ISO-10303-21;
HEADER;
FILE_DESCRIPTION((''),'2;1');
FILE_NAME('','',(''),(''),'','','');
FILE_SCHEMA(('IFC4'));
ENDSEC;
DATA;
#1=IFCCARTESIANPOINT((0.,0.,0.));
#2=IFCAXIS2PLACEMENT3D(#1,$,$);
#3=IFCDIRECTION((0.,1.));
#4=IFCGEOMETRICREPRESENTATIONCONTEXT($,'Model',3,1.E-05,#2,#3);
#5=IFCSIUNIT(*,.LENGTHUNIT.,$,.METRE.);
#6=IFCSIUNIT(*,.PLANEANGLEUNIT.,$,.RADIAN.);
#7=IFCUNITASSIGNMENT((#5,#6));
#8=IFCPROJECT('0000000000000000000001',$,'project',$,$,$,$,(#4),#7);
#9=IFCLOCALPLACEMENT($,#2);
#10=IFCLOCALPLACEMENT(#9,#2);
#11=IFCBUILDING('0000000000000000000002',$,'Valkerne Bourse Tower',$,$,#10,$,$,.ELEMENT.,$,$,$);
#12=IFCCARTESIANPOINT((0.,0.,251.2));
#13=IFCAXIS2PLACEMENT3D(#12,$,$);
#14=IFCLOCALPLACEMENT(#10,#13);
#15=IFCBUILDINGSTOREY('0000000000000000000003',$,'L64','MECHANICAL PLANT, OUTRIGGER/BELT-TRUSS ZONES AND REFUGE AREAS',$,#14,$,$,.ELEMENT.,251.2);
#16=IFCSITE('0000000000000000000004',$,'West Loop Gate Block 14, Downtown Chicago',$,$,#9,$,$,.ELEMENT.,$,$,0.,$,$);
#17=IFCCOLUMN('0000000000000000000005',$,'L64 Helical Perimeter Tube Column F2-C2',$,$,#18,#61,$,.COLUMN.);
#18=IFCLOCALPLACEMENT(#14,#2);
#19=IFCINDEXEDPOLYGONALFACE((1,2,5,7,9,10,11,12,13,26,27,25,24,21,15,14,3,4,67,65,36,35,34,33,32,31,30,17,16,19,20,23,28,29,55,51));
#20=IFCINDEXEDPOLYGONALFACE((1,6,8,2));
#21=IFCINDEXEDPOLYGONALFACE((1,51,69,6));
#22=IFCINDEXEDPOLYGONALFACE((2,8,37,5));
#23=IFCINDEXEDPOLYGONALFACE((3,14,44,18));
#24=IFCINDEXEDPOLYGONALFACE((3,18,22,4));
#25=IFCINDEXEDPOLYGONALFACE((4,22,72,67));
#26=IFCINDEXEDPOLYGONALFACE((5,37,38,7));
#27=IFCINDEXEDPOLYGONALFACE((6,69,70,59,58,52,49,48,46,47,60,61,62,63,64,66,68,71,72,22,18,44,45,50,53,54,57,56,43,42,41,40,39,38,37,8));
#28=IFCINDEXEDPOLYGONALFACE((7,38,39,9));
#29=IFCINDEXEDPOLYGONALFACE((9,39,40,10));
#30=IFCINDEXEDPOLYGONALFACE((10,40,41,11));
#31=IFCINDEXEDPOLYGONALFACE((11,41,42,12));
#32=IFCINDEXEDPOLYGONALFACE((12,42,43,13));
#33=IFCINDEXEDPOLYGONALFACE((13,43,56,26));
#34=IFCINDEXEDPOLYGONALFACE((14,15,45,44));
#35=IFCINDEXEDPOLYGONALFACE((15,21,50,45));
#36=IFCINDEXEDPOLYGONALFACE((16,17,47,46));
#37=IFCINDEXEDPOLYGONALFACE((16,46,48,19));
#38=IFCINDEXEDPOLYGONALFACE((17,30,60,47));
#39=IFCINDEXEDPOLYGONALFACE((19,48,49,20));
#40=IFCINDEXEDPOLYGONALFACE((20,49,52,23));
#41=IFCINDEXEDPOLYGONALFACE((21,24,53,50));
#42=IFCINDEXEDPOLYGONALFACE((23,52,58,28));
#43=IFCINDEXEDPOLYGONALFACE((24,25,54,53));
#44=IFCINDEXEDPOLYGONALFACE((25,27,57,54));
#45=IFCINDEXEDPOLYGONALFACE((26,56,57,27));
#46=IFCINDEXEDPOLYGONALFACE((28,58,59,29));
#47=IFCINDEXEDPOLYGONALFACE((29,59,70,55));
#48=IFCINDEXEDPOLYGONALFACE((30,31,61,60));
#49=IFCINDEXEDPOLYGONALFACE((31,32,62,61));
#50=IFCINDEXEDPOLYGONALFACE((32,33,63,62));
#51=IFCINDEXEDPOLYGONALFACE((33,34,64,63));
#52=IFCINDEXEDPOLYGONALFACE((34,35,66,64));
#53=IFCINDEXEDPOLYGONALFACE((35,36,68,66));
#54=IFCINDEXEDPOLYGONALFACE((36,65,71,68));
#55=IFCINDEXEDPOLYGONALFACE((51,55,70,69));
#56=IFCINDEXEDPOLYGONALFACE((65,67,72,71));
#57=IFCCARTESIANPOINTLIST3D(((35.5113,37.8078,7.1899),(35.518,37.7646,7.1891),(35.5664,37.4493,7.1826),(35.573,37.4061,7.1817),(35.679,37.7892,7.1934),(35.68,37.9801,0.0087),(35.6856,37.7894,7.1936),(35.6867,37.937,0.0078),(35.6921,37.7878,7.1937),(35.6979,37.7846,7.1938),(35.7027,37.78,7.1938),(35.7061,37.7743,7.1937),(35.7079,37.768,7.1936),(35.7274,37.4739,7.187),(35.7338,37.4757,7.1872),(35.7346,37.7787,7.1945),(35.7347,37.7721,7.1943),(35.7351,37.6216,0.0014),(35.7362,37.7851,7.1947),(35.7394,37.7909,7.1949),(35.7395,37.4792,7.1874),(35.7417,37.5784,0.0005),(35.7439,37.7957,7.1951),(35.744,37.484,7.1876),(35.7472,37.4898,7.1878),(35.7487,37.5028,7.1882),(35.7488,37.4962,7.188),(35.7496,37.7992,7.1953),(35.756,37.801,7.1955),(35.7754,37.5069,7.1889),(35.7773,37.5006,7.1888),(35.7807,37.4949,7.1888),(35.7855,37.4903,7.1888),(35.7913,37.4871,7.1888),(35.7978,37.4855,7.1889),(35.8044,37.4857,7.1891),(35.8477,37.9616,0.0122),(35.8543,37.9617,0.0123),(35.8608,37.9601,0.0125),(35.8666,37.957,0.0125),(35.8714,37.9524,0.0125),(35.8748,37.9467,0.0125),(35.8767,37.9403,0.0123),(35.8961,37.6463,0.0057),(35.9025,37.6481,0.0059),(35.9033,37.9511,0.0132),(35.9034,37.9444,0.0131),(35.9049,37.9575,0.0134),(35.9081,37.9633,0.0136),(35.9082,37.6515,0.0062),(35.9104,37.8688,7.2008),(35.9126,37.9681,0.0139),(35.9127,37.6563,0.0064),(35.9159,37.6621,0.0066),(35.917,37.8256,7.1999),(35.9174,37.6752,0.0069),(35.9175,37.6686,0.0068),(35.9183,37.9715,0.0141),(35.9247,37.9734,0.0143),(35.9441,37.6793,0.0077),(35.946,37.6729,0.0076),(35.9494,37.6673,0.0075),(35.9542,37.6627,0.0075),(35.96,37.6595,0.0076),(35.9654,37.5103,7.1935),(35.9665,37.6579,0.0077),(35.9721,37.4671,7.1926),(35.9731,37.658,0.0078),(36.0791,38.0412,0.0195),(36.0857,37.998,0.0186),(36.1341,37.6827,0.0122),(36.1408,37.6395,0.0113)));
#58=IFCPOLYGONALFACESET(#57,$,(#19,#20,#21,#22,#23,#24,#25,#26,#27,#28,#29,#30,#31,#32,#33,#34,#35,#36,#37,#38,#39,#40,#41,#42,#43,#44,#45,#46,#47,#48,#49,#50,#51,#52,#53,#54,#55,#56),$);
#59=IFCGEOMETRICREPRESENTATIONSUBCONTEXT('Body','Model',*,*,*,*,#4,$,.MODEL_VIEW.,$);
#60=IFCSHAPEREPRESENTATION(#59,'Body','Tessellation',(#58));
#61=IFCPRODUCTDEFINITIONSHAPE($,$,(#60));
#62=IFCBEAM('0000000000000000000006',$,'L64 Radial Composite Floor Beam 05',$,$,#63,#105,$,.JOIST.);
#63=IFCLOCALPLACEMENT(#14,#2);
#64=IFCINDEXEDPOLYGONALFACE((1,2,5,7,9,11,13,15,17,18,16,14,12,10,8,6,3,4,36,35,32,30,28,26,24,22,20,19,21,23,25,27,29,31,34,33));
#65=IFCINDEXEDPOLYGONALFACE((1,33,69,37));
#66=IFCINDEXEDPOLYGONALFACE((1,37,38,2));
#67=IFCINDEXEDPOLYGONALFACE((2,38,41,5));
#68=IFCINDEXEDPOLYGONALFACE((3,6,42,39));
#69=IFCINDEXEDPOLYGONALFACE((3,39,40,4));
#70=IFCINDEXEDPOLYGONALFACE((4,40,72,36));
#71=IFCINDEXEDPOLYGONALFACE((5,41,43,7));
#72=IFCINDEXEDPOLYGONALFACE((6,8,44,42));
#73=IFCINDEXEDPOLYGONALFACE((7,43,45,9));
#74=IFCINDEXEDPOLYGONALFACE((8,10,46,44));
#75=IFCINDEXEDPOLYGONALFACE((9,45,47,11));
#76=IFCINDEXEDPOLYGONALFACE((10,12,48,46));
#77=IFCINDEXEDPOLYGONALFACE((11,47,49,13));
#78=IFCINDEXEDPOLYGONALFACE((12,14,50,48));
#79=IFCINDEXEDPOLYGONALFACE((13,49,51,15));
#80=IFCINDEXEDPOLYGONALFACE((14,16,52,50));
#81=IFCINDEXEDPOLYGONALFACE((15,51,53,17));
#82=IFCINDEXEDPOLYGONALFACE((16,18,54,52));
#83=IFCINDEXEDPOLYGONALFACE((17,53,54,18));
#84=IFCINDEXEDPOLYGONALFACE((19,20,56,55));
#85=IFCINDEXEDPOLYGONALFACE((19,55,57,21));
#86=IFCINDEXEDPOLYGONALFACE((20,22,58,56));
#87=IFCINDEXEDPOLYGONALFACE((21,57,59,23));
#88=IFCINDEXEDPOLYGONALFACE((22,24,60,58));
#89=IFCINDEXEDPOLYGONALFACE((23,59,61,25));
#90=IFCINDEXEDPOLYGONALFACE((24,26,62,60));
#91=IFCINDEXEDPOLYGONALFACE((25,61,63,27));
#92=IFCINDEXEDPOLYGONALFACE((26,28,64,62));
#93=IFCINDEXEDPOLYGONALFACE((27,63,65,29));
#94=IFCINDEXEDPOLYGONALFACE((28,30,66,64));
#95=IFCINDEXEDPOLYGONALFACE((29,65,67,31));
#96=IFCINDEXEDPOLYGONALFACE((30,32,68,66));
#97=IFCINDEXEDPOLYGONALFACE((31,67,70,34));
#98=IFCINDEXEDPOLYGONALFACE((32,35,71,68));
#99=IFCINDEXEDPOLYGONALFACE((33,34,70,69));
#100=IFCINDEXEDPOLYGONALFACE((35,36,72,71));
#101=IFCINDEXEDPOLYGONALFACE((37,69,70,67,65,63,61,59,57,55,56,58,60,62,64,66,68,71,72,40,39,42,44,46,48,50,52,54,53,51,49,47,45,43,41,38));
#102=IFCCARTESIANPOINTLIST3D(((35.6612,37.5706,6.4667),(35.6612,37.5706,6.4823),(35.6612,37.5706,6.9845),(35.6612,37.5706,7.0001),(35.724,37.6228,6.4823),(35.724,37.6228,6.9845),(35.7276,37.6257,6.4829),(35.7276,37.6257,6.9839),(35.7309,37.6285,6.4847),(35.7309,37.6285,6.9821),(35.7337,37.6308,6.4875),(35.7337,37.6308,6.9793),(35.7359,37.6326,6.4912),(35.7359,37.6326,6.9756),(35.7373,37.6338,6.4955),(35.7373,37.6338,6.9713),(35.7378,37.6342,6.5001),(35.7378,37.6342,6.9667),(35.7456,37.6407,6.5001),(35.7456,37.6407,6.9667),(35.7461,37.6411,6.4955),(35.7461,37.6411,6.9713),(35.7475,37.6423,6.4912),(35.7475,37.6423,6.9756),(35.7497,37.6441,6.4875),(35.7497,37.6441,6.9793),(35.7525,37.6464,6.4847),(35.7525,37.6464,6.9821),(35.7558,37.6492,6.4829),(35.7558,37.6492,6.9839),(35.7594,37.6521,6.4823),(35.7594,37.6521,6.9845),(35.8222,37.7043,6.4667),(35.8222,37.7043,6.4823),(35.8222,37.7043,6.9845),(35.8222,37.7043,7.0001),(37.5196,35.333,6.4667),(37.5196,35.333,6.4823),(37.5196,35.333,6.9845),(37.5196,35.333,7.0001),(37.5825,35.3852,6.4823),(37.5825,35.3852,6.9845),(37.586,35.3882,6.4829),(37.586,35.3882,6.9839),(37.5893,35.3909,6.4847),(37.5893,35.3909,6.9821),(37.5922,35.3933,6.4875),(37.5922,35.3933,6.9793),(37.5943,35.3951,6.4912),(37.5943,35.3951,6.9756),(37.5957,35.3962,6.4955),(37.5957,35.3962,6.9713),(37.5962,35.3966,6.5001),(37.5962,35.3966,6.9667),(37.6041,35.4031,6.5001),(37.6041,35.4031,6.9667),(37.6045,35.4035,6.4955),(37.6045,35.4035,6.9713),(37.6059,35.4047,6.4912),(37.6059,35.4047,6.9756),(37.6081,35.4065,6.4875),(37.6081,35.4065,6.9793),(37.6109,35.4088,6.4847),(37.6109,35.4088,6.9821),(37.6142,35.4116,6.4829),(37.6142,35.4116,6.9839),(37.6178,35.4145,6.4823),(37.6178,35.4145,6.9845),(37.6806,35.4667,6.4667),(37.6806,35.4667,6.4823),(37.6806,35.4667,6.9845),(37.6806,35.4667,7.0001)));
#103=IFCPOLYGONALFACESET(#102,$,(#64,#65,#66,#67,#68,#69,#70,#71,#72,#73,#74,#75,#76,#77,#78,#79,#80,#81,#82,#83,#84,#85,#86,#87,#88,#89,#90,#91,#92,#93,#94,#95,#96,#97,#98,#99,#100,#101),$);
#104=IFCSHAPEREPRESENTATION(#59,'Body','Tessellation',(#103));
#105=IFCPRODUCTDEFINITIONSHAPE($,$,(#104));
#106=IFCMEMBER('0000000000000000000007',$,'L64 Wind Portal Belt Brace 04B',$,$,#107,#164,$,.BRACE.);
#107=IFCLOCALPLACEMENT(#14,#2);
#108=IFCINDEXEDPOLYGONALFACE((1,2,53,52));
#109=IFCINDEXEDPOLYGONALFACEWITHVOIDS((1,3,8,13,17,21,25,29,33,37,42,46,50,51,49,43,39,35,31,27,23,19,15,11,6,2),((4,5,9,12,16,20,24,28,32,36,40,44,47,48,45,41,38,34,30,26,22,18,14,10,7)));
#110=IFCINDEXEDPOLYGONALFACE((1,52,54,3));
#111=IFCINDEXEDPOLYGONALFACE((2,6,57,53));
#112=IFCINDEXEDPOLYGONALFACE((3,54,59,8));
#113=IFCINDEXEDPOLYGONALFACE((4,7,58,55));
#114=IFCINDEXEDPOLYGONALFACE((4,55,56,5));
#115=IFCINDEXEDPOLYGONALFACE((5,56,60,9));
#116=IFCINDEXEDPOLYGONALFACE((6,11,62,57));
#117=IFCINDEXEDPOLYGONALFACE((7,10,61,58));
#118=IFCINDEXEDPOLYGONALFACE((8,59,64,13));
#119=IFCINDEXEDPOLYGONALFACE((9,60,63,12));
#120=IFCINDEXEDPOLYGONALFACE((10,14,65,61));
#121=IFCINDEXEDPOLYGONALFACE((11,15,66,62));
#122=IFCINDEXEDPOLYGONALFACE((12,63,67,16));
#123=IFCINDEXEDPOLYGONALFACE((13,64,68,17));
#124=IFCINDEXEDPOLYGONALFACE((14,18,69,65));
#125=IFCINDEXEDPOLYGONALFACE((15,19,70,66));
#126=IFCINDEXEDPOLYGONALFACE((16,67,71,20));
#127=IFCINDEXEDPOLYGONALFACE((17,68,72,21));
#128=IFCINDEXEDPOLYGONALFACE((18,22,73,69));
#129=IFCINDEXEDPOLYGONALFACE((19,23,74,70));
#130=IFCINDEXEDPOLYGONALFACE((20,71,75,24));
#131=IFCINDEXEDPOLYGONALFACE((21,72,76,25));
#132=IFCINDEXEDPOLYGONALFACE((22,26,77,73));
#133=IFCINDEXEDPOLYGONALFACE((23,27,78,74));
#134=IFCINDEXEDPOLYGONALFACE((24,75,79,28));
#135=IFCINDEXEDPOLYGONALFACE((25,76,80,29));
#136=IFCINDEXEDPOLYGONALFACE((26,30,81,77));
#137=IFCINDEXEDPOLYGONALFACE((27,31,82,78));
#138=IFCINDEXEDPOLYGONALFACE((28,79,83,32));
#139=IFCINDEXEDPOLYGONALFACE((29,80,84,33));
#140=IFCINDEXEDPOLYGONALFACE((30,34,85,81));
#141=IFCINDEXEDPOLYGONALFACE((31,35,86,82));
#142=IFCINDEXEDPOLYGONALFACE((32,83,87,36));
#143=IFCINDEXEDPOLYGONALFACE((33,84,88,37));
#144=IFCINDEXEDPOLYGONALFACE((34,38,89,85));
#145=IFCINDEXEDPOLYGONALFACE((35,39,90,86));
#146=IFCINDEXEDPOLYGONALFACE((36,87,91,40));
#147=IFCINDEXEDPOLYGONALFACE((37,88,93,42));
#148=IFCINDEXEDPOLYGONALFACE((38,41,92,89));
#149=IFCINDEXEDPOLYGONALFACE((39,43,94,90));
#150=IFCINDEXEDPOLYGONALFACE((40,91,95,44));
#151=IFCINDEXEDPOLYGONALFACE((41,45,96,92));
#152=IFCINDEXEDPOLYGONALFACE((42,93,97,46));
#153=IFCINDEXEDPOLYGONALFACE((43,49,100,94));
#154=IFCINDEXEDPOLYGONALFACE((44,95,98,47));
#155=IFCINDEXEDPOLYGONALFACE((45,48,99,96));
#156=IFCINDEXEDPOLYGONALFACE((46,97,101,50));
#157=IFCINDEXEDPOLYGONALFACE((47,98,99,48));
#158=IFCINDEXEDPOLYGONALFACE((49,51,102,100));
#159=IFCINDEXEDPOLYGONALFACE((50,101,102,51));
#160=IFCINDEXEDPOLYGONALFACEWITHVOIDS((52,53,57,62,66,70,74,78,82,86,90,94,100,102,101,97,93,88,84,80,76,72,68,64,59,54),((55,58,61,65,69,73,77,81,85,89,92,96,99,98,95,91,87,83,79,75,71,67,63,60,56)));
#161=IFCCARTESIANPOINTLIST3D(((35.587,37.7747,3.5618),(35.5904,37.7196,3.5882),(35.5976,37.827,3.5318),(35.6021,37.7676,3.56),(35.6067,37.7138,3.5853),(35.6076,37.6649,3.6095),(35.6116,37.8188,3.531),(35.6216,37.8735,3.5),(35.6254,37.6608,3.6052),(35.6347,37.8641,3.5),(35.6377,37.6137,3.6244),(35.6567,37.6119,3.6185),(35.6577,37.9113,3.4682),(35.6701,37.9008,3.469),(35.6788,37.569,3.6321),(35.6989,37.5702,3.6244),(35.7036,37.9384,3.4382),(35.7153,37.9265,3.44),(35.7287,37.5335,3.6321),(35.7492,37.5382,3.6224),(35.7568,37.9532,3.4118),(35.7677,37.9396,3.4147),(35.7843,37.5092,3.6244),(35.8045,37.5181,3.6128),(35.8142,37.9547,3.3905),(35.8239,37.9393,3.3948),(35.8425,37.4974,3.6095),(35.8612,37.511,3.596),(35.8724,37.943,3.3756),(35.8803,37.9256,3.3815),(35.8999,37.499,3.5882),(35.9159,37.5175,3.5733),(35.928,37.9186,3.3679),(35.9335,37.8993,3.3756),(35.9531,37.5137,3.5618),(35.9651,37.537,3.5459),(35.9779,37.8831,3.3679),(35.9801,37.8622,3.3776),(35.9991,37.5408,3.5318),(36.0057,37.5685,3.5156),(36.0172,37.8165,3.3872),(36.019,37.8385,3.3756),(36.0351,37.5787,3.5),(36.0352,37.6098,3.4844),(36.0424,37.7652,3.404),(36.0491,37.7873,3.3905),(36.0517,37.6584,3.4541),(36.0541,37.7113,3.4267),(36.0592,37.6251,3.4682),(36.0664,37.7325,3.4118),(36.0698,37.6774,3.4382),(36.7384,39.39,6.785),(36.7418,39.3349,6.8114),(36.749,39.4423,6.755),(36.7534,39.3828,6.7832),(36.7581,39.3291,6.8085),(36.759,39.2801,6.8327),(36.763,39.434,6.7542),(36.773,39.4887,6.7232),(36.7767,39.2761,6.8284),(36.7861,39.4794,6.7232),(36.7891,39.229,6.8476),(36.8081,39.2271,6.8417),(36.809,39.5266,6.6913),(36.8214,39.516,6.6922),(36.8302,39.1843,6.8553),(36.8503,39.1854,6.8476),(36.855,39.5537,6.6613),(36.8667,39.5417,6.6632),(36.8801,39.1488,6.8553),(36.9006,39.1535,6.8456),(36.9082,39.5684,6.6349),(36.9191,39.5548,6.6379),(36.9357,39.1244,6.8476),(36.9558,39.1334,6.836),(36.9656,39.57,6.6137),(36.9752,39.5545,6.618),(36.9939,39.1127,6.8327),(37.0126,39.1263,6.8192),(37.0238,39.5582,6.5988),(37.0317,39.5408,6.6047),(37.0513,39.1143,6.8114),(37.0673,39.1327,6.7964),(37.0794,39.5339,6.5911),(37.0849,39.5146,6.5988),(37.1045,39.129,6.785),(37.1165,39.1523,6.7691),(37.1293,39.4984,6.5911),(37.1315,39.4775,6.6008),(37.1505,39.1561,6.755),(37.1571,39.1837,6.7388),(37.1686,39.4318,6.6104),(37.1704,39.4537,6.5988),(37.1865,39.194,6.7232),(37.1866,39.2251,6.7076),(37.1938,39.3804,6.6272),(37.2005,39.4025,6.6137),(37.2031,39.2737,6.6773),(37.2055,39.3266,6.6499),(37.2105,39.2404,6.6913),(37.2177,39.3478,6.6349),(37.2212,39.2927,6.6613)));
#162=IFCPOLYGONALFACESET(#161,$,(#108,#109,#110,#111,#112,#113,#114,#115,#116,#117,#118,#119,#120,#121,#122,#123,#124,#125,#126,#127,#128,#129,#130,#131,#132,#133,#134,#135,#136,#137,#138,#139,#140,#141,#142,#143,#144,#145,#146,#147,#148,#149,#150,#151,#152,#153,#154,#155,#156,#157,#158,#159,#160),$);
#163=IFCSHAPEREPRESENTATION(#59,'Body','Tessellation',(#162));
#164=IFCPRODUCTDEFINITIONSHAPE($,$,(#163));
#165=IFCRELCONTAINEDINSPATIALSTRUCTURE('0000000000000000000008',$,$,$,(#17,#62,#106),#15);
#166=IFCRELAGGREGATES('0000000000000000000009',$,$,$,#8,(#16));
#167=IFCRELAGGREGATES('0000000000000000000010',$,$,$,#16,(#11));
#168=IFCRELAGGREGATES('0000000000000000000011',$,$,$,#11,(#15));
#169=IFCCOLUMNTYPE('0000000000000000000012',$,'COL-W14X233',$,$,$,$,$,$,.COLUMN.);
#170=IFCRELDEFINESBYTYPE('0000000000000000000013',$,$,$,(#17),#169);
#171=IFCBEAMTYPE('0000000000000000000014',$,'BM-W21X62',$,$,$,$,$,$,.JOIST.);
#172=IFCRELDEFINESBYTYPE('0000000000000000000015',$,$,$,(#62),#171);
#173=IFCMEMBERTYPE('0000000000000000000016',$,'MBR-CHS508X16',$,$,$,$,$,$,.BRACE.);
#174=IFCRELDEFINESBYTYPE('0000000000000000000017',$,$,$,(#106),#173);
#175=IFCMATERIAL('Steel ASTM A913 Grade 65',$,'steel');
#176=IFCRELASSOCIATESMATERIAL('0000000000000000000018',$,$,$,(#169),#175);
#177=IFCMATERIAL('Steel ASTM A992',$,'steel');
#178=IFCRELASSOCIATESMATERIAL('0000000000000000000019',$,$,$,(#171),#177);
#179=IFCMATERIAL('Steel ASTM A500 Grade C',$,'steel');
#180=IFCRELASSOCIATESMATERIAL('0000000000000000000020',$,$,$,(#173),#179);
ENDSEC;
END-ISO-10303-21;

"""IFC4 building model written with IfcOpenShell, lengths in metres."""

from ifc_helpers import new_model, si_unit, direction, frame, origin, origin_2d, place, context, subcontext, project, spatial, hollow_circle, i_section, extrude, material, material_profile, profile_set, type_object, element, save


model = new_model("IFC4")

# Units and contexts
model_context = context("Model", 3, precision=1e-05, world=origin(), true_north=direction((0.0, 1.0)))
body_context = subcontext(model_context, "Body", "Model", "MODEL_VIEW")
ifc_project = project(units=[si_unit("LENGTHUNIT", "METRE"), si_unit("PLANEANGLEUNIT", "RADIAN")], contexts=[model_context])

# Site, building, storey
site_placement = place(None, origin())
site = spatial("IfcSite", under=ifc_project, at=site_placement, Name="West Loop Gate Block 14, Downtown Chicago", CompositionType="ELEMENT", RefElevation=0.0)
building_placement = place(site_placement, origin())
building = spatial("IfcBuilding", under=site, at=building_placement, Name="Valkerne Bourse Tower", CompositionType="ELEMENT")
storey_placement = place(building_placement, frame((0.0, 0.0, 251.2)))
storey = spatial("IfcBuildingStorey", under=building, at=storey_placement, Name="L64", Description="MECHANICAL PLANT, OUTRIGGER/BELT-TRUSS ZONES AND REFUGE AREAS", CompositionType="ELEMENT", Elevation=251.2)

# Column
ifc_material_1 = material(Name="Steel ASTM A913 Grade 65", Category="steel")
ifc_material_profile_1 = material_profile(ifc_material_1, i_section(OverallWidth=0.4038, OverallDepth=0.4065, WebThickness=0.0271, FlangeThickness=0.0437, FilletRadius=0.0254, at=origin_2d()), Name="W14X233")
ifc_profile_set_1 = profile_set([ifc_material_profile_1], Name="Steel ASTM A913 Grade 65")
column_type = type_object("IfcColumnType", Name="COL-W14X233", PredefinedType="COLUMN", material=ifc_profile_set_1)
column_placement = place(storey_placement, frame((35.9104, 37.8098, 0.01), z_axis=(-0.023479, -0.023989, 0.999436), x_axis=(-0.988139, -0.151201, -0.026843)))
element("IfcColumn", 1, at=column_placement, inside=storey, type_object=column_type, Name="L64 Helical Perimeter Tube Column F2-C2", PredefinedType="COLUMN", context=body_context, shape_type="SweptSolid", body=[
    extrude(i_section(OverallWidth=0.4038, OverallDepth=0.4065, WebThickness=0.0271, FlangeThickness=0.0437, FilletRadius=0.0254, at=origin_2d()), origin(), (0.0, 0.0, 1.0), 7.1853),
])

# Beam
ifc_material_2 = material(Name="Steel ASTM A992", Category="steel")
ifc_material_profile_2 = material_profile(ifc_material_2, i_section(OverallWidth=0.2092, OverallDepth=0.5334, WebThickness=0.0103, FlangeThickness=0.0156, FilletRadius=0.0178, at=origin_2d()), Name="W21X62")
ifc_profile_set_2 = profile_set([ifc_material_profile_2], Name="Steel ASTM A992")
beam_type = type_object("IfcBeamType", Name="BM-W21X62", PredefinedType="JOIST", material=ifc_profile_set_2)
beam_placement = place(storey_placement, frame((35.7417, 37.6375, 6.7334), z_axis=(0.63892, -0.769273, 0.0), x_axis=(0.769273, 0.63892, 0.0)))
element("IfcBeam", 2, at=beam_placement, inside=storey, type_object=beam_type, Name="L64 Radial Composite Floor Beam 05", PredefinedType="JOIST", context=body_context, shape_type="SweptSolid", body=[
    extrude(i_section(OverallWidth=0.2092, OverallDepth=0.5334, WebThickness=0.0103, FlangeThickness=0.0156, FilletRadius=0.0178, at=origin_2d()), origin(), (0.0, 0.0, 1.0), 2.9087),
])

# Member
ifc_material_3 = material(Name="Steel ASTM A500 Grade C", Category="steel")
ifc_material_profile_3 = material_profile(ifc_material_3, hollow_circle(Radius=0.2539, WallThickness=0.0161, at=origin_2d()), Name="CHS508X16")
ifc_profile_set_3 = profile_set([ifc_material_profile_3], Name="Steel ASTM A500 Grade C")
member_type_1 = type_object("IfcMemberType", Name="MBR-CHS508X16", PredefinedType="BRACE", material=ifc_profile_set_3)
member_1_placement = place(storey_placement, frame((35.8284, 37.7261, 3.5), z_axis=(0.304223, 0.42679, 0.851645), x_axis=(-0.814299, 0.580446, 0.0)))
element("IfcMember", 3, at=member_1_placement, inside=storey, type_object=member_type_1, Name="L64 Wind Portal Belt Brace 04B", PredefinedType="BRACE", context=body_context, shape_type="SweptSolid", body=[
    extrude(hollow_circle(Radius=0.2539, WallThickness=0.0161, at=origin_2d()), origin(), (0.0, 0.0, 1.0), 3.7847),
])

save(model, "model.ifc")
